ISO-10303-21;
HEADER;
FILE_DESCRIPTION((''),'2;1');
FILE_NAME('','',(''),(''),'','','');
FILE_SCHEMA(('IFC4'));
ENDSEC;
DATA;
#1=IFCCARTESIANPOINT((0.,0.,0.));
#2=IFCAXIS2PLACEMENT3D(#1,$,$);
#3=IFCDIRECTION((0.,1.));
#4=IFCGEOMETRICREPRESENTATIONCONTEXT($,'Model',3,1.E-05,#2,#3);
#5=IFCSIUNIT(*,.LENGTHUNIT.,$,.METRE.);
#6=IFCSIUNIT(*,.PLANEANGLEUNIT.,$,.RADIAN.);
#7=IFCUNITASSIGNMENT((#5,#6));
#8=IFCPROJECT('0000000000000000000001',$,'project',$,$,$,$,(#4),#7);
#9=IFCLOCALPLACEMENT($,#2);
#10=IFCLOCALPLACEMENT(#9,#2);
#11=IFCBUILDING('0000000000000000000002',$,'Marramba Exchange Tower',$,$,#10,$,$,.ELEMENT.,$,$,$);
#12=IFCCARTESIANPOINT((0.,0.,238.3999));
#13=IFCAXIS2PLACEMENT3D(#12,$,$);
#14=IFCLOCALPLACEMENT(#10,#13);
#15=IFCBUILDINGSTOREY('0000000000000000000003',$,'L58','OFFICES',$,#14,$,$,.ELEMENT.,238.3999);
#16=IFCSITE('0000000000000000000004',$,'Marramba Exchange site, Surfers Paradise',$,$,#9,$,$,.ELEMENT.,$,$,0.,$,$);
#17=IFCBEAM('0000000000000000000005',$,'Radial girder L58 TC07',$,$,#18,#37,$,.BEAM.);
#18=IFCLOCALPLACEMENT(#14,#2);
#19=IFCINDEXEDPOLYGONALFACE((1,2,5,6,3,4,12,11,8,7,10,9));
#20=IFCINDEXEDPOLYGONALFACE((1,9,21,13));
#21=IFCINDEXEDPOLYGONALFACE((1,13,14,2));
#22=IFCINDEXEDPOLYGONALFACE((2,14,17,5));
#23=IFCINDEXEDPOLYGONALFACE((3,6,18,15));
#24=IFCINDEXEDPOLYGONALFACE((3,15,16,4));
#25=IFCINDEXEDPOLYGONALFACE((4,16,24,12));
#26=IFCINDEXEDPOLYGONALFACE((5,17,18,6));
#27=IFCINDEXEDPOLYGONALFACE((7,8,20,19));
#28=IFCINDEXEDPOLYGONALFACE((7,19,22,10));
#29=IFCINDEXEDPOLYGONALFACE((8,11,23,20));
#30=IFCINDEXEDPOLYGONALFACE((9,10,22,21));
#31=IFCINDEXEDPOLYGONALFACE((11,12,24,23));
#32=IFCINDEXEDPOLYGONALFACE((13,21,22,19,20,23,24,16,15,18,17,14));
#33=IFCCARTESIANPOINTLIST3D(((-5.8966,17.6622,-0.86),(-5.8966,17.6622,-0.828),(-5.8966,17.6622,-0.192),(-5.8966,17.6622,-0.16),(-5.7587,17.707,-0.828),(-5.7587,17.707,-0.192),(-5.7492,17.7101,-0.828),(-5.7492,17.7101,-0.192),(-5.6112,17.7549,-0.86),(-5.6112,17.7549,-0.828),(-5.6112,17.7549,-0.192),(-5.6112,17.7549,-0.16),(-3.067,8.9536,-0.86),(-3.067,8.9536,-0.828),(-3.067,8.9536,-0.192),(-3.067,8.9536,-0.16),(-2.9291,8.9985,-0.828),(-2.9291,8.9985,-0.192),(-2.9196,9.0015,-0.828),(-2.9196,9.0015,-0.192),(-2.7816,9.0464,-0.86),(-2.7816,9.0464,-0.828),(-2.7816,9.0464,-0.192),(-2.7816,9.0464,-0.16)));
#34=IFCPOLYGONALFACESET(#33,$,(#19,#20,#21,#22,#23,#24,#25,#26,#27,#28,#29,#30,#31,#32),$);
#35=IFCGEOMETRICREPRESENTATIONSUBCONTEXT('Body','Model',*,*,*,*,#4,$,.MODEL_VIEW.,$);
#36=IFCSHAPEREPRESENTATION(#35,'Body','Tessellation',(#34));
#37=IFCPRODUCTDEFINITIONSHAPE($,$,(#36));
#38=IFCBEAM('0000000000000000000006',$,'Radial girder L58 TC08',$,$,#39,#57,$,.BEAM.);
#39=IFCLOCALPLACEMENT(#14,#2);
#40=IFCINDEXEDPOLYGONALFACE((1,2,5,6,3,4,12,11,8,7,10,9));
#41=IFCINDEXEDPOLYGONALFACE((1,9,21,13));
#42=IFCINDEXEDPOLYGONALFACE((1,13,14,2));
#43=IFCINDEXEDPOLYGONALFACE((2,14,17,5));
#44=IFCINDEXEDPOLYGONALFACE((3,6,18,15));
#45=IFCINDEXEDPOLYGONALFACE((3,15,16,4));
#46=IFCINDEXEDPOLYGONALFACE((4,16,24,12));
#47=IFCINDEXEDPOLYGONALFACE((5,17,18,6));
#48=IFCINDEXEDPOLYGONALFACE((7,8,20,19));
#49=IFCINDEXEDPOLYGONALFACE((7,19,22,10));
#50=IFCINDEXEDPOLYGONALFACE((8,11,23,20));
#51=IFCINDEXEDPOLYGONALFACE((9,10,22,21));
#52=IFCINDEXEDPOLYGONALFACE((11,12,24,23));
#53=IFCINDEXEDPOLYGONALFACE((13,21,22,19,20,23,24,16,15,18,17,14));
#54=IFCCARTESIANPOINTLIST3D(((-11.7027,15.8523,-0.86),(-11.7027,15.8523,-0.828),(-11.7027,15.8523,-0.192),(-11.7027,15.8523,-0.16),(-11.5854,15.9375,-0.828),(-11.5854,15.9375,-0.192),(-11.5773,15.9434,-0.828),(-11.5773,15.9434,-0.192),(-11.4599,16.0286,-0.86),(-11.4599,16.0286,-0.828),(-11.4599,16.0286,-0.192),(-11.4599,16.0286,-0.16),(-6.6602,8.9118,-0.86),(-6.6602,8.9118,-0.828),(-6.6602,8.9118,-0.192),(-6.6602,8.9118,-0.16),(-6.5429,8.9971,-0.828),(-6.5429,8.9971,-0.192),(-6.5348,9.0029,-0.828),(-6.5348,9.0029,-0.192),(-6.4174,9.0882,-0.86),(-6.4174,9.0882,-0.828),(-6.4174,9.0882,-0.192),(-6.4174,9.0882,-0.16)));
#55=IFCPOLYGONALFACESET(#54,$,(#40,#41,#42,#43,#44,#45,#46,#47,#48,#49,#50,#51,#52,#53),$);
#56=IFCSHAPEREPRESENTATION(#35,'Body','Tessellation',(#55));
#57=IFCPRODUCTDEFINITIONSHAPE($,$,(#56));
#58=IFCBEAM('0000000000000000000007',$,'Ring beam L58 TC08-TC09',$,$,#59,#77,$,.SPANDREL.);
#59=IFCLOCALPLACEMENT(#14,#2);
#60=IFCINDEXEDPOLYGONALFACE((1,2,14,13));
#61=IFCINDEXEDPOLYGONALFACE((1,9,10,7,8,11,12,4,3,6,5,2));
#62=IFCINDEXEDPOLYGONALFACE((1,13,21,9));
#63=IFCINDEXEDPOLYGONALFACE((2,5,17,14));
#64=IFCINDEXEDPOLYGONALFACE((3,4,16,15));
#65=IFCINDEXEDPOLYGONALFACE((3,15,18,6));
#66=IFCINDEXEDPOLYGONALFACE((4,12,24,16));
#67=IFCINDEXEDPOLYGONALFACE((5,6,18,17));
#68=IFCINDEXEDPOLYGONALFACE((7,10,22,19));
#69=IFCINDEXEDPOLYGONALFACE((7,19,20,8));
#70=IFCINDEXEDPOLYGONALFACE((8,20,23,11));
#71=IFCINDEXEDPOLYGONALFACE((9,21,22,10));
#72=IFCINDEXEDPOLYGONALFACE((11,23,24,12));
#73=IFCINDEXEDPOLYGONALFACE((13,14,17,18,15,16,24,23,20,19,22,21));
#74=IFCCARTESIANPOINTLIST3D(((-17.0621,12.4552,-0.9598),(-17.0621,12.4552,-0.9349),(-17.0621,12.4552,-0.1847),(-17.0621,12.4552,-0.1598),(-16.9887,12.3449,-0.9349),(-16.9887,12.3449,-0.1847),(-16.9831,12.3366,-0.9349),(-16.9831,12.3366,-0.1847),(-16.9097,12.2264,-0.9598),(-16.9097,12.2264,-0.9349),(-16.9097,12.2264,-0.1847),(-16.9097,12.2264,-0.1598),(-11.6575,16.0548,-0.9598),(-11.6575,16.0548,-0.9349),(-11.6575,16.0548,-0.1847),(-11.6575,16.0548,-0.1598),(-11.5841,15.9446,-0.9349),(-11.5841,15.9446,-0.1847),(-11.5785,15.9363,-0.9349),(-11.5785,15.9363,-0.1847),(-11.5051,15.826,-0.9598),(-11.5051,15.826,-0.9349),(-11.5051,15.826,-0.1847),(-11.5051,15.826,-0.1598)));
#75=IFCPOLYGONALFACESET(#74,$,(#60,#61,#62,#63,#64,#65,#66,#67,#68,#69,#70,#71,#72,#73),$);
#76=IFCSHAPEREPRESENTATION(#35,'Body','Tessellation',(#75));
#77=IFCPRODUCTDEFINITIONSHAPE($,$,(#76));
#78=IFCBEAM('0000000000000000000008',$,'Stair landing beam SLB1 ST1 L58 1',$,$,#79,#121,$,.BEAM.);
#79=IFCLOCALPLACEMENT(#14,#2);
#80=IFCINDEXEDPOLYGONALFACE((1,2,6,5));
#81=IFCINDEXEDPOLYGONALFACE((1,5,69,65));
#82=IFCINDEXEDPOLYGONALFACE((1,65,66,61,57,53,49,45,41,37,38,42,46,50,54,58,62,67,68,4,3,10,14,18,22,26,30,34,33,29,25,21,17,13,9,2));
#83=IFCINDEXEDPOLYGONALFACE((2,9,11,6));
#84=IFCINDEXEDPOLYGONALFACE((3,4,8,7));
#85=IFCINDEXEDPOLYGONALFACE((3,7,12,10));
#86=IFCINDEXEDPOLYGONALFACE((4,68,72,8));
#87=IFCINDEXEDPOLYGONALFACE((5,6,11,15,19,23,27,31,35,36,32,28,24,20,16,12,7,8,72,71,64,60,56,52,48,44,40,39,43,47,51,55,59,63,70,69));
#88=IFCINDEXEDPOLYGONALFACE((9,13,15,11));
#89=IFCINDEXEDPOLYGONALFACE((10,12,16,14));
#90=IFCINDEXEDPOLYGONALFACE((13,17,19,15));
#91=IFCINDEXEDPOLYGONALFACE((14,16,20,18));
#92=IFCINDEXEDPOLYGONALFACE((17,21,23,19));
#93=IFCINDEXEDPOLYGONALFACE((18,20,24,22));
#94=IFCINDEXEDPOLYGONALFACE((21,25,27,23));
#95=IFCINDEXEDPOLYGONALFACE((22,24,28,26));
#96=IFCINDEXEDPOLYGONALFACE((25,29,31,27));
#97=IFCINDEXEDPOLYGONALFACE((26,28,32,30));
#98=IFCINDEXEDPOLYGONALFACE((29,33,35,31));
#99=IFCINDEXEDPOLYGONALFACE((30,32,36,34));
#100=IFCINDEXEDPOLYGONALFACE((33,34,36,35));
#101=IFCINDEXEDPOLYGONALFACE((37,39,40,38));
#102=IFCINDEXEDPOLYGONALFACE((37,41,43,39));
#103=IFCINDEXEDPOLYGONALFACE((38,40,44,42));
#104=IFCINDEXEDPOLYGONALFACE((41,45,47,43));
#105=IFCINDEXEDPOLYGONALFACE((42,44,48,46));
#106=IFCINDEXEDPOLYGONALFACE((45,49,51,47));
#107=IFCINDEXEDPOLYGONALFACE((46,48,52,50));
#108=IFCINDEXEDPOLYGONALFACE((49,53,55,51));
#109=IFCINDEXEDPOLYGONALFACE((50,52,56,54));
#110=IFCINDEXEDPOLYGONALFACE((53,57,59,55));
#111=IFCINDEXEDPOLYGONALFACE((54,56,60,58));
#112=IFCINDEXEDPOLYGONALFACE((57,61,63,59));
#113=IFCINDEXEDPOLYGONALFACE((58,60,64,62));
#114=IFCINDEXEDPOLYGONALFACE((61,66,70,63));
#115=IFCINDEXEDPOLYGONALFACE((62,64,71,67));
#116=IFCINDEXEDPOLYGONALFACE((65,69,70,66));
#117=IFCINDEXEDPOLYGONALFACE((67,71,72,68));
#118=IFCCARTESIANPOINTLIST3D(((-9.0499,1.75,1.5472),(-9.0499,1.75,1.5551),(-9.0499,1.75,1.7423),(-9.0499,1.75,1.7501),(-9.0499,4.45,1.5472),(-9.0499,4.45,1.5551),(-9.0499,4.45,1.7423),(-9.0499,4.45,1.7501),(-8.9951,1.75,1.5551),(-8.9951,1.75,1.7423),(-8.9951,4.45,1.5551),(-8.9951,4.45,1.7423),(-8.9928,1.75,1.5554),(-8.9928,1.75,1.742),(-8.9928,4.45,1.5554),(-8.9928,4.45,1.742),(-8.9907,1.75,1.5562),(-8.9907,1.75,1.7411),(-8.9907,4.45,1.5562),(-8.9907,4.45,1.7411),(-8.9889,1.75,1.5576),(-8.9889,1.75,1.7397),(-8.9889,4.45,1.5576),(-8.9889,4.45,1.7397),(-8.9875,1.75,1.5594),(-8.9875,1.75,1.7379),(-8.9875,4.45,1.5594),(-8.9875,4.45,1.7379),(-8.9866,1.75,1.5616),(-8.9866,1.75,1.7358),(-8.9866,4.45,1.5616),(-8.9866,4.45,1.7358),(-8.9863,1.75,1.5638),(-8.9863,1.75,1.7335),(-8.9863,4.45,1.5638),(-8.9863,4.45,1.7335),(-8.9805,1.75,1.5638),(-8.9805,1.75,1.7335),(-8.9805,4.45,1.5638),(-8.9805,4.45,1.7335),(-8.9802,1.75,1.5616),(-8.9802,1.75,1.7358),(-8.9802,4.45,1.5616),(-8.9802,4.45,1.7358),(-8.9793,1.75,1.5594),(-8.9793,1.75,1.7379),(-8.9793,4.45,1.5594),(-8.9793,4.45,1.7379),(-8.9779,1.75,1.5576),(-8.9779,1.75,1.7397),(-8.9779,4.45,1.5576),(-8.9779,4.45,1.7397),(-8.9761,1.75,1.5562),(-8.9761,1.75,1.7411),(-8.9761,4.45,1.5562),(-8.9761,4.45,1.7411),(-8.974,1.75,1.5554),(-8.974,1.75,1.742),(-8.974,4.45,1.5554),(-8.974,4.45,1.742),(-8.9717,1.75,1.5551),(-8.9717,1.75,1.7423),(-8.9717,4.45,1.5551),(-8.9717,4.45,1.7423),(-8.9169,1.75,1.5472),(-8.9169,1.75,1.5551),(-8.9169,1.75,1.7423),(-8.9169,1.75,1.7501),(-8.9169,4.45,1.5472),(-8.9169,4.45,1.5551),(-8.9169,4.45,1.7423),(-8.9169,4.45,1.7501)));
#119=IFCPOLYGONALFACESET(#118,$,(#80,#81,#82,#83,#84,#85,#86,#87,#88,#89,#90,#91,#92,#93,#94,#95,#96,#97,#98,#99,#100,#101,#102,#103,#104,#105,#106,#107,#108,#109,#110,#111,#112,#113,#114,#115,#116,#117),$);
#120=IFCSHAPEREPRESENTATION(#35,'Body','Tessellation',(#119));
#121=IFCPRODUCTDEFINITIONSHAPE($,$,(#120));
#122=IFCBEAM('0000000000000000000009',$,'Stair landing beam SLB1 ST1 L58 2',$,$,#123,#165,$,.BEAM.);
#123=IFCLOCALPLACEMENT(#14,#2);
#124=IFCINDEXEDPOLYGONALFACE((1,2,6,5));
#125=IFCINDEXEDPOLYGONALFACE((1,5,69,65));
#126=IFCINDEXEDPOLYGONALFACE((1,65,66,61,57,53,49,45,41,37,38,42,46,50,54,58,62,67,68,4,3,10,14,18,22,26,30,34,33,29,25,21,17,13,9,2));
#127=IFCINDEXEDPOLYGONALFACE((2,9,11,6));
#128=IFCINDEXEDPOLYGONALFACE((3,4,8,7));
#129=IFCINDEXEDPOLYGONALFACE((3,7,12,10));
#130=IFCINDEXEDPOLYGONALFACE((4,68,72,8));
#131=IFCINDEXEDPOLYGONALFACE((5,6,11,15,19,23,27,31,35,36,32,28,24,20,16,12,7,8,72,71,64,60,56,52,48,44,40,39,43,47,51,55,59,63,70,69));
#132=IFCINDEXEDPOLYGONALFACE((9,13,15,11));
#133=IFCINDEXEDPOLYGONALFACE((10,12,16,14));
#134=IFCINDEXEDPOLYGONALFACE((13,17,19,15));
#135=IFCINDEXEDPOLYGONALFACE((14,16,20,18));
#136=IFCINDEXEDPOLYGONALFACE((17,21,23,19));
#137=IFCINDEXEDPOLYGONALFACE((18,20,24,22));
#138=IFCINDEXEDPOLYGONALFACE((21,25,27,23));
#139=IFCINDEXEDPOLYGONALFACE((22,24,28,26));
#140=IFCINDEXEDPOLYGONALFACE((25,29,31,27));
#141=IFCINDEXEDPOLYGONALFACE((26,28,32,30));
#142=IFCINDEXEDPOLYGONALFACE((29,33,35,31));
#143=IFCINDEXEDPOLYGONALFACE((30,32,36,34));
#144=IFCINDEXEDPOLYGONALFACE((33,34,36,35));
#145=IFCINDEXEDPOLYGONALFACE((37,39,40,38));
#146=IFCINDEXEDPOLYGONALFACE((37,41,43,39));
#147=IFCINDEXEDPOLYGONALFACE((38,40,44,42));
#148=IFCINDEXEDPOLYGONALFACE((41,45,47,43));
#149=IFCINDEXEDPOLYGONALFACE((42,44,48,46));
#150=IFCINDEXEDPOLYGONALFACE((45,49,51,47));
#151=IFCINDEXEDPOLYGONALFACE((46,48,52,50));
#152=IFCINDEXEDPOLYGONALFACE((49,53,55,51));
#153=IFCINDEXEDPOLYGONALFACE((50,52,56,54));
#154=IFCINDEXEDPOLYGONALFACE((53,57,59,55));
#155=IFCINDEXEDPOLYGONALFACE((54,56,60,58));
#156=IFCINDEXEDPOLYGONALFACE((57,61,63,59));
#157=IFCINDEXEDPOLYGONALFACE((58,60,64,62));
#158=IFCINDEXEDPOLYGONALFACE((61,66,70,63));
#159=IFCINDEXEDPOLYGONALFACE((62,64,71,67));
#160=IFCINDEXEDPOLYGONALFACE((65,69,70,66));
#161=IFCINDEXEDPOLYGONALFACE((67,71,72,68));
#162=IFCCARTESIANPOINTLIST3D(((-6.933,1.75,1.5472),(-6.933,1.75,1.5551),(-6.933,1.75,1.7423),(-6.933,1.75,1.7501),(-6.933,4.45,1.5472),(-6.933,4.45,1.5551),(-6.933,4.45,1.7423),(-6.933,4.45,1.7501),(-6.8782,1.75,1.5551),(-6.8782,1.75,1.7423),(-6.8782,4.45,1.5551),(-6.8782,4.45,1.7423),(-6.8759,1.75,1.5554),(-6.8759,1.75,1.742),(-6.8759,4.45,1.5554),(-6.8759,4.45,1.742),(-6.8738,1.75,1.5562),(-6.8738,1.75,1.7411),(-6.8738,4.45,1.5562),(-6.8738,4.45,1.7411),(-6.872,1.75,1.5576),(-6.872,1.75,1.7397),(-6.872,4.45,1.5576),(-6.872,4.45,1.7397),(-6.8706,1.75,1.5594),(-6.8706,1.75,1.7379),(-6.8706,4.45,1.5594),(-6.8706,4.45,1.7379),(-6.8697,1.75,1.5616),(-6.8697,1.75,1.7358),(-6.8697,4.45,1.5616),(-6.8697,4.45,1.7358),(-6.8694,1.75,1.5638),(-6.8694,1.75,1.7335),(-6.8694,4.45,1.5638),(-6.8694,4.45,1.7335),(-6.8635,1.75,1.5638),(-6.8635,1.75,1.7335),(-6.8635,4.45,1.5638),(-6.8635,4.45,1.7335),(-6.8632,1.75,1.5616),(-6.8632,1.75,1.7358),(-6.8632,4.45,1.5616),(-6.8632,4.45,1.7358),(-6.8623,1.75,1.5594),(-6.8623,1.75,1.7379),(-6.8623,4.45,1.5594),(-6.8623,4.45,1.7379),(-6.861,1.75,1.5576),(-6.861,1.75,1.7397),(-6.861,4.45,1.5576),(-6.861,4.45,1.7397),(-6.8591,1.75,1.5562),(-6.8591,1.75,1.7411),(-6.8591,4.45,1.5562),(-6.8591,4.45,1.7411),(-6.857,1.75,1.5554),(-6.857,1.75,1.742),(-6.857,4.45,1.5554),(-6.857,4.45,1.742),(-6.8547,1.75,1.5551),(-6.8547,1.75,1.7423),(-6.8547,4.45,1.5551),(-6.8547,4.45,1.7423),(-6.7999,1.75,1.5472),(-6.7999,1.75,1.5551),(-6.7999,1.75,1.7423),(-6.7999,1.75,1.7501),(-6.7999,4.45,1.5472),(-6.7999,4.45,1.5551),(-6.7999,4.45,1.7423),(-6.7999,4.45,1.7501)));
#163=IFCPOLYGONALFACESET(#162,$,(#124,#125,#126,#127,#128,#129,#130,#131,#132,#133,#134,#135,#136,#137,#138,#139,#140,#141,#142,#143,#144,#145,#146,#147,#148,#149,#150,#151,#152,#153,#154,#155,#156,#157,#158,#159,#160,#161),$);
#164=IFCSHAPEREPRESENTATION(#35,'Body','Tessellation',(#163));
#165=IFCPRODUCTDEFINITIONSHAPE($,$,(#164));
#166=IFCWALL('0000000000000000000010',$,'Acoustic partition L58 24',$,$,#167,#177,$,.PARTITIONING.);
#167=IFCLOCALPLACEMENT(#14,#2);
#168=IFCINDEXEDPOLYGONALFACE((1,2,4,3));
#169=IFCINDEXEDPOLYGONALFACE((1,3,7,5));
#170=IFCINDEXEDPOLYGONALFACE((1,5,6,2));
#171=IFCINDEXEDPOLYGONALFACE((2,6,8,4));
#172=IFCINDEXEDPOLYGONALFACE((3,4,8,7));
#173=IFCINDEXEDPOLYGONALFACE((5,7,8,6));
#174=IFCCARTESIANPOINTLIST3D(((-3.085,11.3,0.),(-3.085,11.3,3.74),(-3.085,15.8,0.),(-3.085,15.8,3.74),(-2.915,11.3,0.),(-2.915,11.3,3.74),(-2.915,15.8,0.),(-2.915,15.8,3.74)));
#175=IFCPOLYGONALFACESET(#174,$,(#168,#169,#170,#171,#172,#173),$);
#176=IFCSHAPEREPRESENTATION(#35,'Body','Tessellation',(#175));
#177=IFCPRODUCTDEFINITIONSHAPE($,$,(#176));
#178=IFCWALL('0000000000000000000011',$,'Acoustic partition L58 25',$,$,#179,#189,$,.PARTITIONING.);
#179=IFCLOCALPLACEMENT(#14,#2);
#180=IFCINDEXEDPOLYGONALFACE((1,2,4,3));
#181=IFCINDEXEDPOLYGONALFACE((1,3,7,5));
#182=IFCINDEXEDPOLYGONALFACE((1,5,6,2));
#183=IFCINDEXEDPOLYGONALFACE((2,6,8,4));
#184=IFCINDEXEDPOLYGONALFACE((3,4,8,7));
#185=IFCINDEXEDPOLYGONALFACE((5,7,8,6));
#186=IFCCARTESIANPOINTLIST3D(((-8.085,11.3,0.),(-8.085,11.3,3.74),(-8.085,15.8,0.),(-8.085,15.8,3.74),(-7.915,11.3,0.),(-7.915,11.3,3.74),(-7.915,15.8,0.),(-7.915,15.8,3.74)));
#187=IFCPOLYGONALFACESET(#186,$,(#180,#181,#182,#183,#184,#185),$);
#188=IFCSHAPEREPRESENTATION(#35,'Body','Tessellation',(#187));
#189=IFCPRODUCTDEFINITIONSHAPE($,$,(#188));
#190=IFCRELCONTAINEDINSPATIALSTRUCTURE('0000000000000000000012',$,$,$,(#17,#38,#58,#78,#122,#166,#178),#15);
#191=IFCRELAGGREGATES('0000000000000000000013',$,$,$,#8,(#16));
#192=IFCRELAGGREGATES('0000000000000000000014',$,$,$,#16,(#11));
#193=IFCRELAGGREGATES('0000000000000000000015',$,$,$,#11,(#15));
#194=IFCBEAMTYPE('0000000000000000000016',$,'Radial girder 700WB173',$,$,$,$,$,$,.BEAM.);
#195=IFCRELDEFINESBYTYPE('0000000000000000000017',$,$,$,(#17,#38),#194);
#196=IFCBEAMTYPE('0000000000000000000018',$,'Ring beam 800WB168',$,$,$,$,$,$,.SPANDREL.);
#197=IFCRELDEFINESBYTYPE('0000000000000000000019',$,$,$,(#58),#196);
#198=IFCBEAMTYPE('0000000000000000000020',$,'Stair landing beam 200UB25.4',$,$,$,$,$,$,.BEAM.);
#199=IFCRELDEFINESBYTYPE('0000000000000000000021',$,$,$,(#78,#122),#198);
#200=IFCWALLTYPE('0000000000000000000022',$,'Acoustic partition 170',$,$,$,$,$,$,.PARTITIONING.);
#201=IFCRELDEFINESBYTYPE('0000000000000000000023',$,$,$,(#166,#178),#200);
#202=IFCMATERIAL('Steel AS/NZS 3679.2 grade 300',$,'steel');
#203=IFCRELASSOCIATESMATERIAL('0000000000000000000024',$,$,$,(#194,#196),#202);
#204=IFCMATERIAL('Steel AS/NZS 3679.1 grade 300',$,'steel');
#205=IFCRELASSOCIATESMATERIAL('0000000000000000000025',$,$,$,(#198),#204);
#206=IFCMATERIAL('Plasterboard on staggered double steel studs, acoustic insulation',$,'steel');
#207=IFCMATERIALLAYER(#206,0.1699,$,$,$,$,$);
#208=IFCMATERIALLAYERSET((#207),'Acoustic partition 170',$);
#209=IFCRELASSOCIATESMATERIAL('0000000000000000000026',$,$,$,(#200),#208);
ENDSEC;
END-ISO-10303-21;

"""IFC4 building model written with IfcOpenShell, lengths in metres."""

from ifc_helpers import new_model, si_unit, direction, frame, frame_2d, origin, origin_2d, place, context, subcontext, project, spatial, rectangle, i_section, extrude, material, layer, layer_set, material_profile, profile_set, type_object, element, save


model = new_model("IFC4")

# Units and contexts
model_context = context("Model", 3, precision=1e-05, world=origin(), true_north=direction((0.0, 1.0)))
body_context = subcontext(model_context, "Body", "Model", "MODEL_VIEW")
ifc_project = project(units=[si_unit("LENGTHUNIT", "METRE"), si_unit("PLANEANGLEUNIT", "RADIAN")], contexts=[model_context])

# Site, building, storey
site_placement = place(None, origin())
site = spatial("IfcSite", under=ifc_project, at=site_placement, Name="Marramba Exchange site, Surfers Paradise", CompositionType="ELEMENT", RefElevation=0.0)
building_placement = place(site_placement, origin())
building = spatial("IfcBuilding", under=site, at=building_placement, Name="Marramba Exchange Tower", CompositionType="ELEMENT")
storey_placement = place(building_placement, frame((0.0, 0.0, 238.3999)))
storey = spatial("IfcBuildingStorey", under=building, at=storey_placement, Name="L58", Description="OFFICES", CompositionType="ELEMENT", Elevation=238.3999)

# Beams
ifc_material_1 = material(Name="Steel AS/NZS 3679.1 grade 300", Category="steel")
ifc_material_2 = material(Name="Steel AS/NZS 3679.2 grade 300", Category="steel")
ifc_material_profile_1 = material_profile(ifc_material_2, i_section(OverallWidth=0.3, OverallDepth=0.7, WebThickness=0.01, FlangeThickness=0.032, at=origin_2d()), Name="700WB173")
ifc_profile_set_1 = profile_set([ifc_material_profile_1], Name="Steel AS/NZS 3679.2 grade 300")
beam_type_1 = type_object("IfcBeamType", Name="Radial girder 700WB173", PredefinedType="BEAM", material=ifc_profile_set_1)
beam_1_placement = place(storey_placement, frame((-2.9243, 9.0, -0.51), z_axis=(-0.30902, 0.951056, 0.0), x_axis=(-0.951056, -0.30902, 0.0)))
element("IfcBeam", 1, at=beam_1_placement, inside=storey, type_object=beam_type_1, Name="Radial girder L58 TC07", PredefinedType="BEAM", context=body_context, shape_type="SweptSolid", body=[
    extrude(i_section(OverallWidth=0.3, OverallDepth=0.7, WebThickness=0.01, FlangeThickness=0.032, at=origin_2d()), origin(), (0.0, 0.0, 1.0), 9.1567),
])
beam_2_placement = place(storey_placement, frame((-6.5388, 9.0, -0.51), z_axis=(-0.587782, 0.809019, 0.0), x_axis=(-0.809019, -0.587782, 0.0)))
element("IfcBeam", 2, at=beam_2_placement, inside=storey, type_object=beam_type_1, Name="Radial girder L58 TC08", PredefinedType="BEAM", context=body_context, shape_type="SweptSolid", body=[
    extrude(i_section(OverallWidth=0.3, OverallDepth=0.7, WebThickness=0.01, FlangeThickness=0.032, at=origin_2d()), origin(), (0.0, 0.0, 1.0), 8.5789),
])
ifc_material_profile_2 = material_profile(ifc_material_2, i_section(OverallWidth=0.2749, OverallDepth=0.8, WebThickness=0.01, FlangeThickness=0.0249, at=origin_2d()), Name="800WB168")
ifc_profile_set_2 = profile_set([ifc_material_profile_2], Name="Steel AS/NZS 3679.2 grade 300")
beam_type_2 = type_object("IfcBeamType", Name="Ring beam 800WB168", PredefinedType="SPANDREL", material=ifc_profile_set_2)
beam_3_placement = place(storey_placement, frame((-11.5813, 15.9404, -0.5598), z_axis=(-0.832293, -0.554336, 0.0), x_axis=(0.554336, -0.832293, 0.0)))
element("IfcBeam", 3, at=beam_3_placement, inside=storey, type_object=beam_type_2, Name="Ring beam L58 TC08-TC09", PredefinedType="SPANDREL", context=body_context, shape_type="SweptSolid", body=[
    extrude(i_section(OverallWidth=0.2749, OverallDepth=0.8, WebThickness=0.01, FlangeThickness=0.0249, at=origin_2d()), origin(), (0.0, 0.0, 1.0), 6.4937),
])
ifc_material_profile_3 = material_profile(ifc_material_1, i_section(OverallWidth=0.1331, OverallDepth=0.2029, WebThickness=0.0059, FlangeThickness=0.0078, FilletRadius=0.0088, at=origin_2d()), Name="200UB25.4")
ifc_profile_set_3 = profile_set([ifc_material_profile_3], Name="Steel AS/NZS 3679.1 grade 300")
beam_type_3 = type_object("IfcBeamType", Name="Stair landing beam 200UB25.4", PredefinedType="BEAM", material=ifc_profile_set_3)
for number, where, z_axis, x_axis, name in (
    (4, (-8.9834, 1.75, 1.6487), (0.0, 1.0, 0.0), (-1.0, 0.0, 0.0), "Stair landing beam SLB1 ST1 L58 1"),
    (5, (-6.8665, 1.75, 1.6487), (0.0, 1.0, 0.0), (-1.0, 0.0, 0.0), "Stair landing beam SLB1 ST1 L58 2"),
):
    element("IfcBeam", number, at=place(storey_placement, frame(where, z_axis=z_axis, x_axis=x_axis)), inside=storey, type_object=beam_type_3, Name=name, PredefinedType="BEAM", context=body_context, shape_type="SweptSolid", body=[
        extrude(i_section(OverallWidth=0.1331, OverallDepth=0.2029, WebThickness=0.0059, FlangeThickness=0.0078, FilletRadius=0.0088, at=origin_2d()), origin(), (0.0, 0.0, 1.0), 2.7),
    ])

# Walls
ifc_material_3 = material(Name="Plasterboard on staggered double steel studs, acoustic insulation", Category="steel")
ifc_layer_1 = layer(ifc_material_3, 0.1699)
ifc_layer_set_1 = layer_set([ifc_layer_1], Name="Acoustic partition 170")
wall_type_1 = type_object("IfcWallType", Name="Acoustic partition 170", PredefinedType="PARTITIONING", material=ifc_layer_set_1)
for number, where, z_axis, x_axis, name in (
    (6, (-3.0, 15.8, 0.0), (0.0, 0.0, 1.0), (0.0, -1.0, 0.0), "Acoustic partition L58 24"),
    (7, (-8.0, 15.8, 0.0), (0.0, 0.0, 1.0), (0.0, -1.0, 0.0), "Acoustic partition L58 25"),
):
    element("IfcWall", number, at=place(storey_placement, frame(where, z_axis=z_axis, x_axis=x_axis)), inside=storey, type_object=wall_type_1, Name=name, PredefinedType="PARTITIONING", context=body_context, shape_type="SweptSolid", body=[
        extrude(rectangle(XDim=4.5, YDim=0.1699, at=frame_2d((2.25, 0.0))), origin(), (0.0, 0.0, 1.0), 3.74),
    ])

save(model, "model.ifc")
